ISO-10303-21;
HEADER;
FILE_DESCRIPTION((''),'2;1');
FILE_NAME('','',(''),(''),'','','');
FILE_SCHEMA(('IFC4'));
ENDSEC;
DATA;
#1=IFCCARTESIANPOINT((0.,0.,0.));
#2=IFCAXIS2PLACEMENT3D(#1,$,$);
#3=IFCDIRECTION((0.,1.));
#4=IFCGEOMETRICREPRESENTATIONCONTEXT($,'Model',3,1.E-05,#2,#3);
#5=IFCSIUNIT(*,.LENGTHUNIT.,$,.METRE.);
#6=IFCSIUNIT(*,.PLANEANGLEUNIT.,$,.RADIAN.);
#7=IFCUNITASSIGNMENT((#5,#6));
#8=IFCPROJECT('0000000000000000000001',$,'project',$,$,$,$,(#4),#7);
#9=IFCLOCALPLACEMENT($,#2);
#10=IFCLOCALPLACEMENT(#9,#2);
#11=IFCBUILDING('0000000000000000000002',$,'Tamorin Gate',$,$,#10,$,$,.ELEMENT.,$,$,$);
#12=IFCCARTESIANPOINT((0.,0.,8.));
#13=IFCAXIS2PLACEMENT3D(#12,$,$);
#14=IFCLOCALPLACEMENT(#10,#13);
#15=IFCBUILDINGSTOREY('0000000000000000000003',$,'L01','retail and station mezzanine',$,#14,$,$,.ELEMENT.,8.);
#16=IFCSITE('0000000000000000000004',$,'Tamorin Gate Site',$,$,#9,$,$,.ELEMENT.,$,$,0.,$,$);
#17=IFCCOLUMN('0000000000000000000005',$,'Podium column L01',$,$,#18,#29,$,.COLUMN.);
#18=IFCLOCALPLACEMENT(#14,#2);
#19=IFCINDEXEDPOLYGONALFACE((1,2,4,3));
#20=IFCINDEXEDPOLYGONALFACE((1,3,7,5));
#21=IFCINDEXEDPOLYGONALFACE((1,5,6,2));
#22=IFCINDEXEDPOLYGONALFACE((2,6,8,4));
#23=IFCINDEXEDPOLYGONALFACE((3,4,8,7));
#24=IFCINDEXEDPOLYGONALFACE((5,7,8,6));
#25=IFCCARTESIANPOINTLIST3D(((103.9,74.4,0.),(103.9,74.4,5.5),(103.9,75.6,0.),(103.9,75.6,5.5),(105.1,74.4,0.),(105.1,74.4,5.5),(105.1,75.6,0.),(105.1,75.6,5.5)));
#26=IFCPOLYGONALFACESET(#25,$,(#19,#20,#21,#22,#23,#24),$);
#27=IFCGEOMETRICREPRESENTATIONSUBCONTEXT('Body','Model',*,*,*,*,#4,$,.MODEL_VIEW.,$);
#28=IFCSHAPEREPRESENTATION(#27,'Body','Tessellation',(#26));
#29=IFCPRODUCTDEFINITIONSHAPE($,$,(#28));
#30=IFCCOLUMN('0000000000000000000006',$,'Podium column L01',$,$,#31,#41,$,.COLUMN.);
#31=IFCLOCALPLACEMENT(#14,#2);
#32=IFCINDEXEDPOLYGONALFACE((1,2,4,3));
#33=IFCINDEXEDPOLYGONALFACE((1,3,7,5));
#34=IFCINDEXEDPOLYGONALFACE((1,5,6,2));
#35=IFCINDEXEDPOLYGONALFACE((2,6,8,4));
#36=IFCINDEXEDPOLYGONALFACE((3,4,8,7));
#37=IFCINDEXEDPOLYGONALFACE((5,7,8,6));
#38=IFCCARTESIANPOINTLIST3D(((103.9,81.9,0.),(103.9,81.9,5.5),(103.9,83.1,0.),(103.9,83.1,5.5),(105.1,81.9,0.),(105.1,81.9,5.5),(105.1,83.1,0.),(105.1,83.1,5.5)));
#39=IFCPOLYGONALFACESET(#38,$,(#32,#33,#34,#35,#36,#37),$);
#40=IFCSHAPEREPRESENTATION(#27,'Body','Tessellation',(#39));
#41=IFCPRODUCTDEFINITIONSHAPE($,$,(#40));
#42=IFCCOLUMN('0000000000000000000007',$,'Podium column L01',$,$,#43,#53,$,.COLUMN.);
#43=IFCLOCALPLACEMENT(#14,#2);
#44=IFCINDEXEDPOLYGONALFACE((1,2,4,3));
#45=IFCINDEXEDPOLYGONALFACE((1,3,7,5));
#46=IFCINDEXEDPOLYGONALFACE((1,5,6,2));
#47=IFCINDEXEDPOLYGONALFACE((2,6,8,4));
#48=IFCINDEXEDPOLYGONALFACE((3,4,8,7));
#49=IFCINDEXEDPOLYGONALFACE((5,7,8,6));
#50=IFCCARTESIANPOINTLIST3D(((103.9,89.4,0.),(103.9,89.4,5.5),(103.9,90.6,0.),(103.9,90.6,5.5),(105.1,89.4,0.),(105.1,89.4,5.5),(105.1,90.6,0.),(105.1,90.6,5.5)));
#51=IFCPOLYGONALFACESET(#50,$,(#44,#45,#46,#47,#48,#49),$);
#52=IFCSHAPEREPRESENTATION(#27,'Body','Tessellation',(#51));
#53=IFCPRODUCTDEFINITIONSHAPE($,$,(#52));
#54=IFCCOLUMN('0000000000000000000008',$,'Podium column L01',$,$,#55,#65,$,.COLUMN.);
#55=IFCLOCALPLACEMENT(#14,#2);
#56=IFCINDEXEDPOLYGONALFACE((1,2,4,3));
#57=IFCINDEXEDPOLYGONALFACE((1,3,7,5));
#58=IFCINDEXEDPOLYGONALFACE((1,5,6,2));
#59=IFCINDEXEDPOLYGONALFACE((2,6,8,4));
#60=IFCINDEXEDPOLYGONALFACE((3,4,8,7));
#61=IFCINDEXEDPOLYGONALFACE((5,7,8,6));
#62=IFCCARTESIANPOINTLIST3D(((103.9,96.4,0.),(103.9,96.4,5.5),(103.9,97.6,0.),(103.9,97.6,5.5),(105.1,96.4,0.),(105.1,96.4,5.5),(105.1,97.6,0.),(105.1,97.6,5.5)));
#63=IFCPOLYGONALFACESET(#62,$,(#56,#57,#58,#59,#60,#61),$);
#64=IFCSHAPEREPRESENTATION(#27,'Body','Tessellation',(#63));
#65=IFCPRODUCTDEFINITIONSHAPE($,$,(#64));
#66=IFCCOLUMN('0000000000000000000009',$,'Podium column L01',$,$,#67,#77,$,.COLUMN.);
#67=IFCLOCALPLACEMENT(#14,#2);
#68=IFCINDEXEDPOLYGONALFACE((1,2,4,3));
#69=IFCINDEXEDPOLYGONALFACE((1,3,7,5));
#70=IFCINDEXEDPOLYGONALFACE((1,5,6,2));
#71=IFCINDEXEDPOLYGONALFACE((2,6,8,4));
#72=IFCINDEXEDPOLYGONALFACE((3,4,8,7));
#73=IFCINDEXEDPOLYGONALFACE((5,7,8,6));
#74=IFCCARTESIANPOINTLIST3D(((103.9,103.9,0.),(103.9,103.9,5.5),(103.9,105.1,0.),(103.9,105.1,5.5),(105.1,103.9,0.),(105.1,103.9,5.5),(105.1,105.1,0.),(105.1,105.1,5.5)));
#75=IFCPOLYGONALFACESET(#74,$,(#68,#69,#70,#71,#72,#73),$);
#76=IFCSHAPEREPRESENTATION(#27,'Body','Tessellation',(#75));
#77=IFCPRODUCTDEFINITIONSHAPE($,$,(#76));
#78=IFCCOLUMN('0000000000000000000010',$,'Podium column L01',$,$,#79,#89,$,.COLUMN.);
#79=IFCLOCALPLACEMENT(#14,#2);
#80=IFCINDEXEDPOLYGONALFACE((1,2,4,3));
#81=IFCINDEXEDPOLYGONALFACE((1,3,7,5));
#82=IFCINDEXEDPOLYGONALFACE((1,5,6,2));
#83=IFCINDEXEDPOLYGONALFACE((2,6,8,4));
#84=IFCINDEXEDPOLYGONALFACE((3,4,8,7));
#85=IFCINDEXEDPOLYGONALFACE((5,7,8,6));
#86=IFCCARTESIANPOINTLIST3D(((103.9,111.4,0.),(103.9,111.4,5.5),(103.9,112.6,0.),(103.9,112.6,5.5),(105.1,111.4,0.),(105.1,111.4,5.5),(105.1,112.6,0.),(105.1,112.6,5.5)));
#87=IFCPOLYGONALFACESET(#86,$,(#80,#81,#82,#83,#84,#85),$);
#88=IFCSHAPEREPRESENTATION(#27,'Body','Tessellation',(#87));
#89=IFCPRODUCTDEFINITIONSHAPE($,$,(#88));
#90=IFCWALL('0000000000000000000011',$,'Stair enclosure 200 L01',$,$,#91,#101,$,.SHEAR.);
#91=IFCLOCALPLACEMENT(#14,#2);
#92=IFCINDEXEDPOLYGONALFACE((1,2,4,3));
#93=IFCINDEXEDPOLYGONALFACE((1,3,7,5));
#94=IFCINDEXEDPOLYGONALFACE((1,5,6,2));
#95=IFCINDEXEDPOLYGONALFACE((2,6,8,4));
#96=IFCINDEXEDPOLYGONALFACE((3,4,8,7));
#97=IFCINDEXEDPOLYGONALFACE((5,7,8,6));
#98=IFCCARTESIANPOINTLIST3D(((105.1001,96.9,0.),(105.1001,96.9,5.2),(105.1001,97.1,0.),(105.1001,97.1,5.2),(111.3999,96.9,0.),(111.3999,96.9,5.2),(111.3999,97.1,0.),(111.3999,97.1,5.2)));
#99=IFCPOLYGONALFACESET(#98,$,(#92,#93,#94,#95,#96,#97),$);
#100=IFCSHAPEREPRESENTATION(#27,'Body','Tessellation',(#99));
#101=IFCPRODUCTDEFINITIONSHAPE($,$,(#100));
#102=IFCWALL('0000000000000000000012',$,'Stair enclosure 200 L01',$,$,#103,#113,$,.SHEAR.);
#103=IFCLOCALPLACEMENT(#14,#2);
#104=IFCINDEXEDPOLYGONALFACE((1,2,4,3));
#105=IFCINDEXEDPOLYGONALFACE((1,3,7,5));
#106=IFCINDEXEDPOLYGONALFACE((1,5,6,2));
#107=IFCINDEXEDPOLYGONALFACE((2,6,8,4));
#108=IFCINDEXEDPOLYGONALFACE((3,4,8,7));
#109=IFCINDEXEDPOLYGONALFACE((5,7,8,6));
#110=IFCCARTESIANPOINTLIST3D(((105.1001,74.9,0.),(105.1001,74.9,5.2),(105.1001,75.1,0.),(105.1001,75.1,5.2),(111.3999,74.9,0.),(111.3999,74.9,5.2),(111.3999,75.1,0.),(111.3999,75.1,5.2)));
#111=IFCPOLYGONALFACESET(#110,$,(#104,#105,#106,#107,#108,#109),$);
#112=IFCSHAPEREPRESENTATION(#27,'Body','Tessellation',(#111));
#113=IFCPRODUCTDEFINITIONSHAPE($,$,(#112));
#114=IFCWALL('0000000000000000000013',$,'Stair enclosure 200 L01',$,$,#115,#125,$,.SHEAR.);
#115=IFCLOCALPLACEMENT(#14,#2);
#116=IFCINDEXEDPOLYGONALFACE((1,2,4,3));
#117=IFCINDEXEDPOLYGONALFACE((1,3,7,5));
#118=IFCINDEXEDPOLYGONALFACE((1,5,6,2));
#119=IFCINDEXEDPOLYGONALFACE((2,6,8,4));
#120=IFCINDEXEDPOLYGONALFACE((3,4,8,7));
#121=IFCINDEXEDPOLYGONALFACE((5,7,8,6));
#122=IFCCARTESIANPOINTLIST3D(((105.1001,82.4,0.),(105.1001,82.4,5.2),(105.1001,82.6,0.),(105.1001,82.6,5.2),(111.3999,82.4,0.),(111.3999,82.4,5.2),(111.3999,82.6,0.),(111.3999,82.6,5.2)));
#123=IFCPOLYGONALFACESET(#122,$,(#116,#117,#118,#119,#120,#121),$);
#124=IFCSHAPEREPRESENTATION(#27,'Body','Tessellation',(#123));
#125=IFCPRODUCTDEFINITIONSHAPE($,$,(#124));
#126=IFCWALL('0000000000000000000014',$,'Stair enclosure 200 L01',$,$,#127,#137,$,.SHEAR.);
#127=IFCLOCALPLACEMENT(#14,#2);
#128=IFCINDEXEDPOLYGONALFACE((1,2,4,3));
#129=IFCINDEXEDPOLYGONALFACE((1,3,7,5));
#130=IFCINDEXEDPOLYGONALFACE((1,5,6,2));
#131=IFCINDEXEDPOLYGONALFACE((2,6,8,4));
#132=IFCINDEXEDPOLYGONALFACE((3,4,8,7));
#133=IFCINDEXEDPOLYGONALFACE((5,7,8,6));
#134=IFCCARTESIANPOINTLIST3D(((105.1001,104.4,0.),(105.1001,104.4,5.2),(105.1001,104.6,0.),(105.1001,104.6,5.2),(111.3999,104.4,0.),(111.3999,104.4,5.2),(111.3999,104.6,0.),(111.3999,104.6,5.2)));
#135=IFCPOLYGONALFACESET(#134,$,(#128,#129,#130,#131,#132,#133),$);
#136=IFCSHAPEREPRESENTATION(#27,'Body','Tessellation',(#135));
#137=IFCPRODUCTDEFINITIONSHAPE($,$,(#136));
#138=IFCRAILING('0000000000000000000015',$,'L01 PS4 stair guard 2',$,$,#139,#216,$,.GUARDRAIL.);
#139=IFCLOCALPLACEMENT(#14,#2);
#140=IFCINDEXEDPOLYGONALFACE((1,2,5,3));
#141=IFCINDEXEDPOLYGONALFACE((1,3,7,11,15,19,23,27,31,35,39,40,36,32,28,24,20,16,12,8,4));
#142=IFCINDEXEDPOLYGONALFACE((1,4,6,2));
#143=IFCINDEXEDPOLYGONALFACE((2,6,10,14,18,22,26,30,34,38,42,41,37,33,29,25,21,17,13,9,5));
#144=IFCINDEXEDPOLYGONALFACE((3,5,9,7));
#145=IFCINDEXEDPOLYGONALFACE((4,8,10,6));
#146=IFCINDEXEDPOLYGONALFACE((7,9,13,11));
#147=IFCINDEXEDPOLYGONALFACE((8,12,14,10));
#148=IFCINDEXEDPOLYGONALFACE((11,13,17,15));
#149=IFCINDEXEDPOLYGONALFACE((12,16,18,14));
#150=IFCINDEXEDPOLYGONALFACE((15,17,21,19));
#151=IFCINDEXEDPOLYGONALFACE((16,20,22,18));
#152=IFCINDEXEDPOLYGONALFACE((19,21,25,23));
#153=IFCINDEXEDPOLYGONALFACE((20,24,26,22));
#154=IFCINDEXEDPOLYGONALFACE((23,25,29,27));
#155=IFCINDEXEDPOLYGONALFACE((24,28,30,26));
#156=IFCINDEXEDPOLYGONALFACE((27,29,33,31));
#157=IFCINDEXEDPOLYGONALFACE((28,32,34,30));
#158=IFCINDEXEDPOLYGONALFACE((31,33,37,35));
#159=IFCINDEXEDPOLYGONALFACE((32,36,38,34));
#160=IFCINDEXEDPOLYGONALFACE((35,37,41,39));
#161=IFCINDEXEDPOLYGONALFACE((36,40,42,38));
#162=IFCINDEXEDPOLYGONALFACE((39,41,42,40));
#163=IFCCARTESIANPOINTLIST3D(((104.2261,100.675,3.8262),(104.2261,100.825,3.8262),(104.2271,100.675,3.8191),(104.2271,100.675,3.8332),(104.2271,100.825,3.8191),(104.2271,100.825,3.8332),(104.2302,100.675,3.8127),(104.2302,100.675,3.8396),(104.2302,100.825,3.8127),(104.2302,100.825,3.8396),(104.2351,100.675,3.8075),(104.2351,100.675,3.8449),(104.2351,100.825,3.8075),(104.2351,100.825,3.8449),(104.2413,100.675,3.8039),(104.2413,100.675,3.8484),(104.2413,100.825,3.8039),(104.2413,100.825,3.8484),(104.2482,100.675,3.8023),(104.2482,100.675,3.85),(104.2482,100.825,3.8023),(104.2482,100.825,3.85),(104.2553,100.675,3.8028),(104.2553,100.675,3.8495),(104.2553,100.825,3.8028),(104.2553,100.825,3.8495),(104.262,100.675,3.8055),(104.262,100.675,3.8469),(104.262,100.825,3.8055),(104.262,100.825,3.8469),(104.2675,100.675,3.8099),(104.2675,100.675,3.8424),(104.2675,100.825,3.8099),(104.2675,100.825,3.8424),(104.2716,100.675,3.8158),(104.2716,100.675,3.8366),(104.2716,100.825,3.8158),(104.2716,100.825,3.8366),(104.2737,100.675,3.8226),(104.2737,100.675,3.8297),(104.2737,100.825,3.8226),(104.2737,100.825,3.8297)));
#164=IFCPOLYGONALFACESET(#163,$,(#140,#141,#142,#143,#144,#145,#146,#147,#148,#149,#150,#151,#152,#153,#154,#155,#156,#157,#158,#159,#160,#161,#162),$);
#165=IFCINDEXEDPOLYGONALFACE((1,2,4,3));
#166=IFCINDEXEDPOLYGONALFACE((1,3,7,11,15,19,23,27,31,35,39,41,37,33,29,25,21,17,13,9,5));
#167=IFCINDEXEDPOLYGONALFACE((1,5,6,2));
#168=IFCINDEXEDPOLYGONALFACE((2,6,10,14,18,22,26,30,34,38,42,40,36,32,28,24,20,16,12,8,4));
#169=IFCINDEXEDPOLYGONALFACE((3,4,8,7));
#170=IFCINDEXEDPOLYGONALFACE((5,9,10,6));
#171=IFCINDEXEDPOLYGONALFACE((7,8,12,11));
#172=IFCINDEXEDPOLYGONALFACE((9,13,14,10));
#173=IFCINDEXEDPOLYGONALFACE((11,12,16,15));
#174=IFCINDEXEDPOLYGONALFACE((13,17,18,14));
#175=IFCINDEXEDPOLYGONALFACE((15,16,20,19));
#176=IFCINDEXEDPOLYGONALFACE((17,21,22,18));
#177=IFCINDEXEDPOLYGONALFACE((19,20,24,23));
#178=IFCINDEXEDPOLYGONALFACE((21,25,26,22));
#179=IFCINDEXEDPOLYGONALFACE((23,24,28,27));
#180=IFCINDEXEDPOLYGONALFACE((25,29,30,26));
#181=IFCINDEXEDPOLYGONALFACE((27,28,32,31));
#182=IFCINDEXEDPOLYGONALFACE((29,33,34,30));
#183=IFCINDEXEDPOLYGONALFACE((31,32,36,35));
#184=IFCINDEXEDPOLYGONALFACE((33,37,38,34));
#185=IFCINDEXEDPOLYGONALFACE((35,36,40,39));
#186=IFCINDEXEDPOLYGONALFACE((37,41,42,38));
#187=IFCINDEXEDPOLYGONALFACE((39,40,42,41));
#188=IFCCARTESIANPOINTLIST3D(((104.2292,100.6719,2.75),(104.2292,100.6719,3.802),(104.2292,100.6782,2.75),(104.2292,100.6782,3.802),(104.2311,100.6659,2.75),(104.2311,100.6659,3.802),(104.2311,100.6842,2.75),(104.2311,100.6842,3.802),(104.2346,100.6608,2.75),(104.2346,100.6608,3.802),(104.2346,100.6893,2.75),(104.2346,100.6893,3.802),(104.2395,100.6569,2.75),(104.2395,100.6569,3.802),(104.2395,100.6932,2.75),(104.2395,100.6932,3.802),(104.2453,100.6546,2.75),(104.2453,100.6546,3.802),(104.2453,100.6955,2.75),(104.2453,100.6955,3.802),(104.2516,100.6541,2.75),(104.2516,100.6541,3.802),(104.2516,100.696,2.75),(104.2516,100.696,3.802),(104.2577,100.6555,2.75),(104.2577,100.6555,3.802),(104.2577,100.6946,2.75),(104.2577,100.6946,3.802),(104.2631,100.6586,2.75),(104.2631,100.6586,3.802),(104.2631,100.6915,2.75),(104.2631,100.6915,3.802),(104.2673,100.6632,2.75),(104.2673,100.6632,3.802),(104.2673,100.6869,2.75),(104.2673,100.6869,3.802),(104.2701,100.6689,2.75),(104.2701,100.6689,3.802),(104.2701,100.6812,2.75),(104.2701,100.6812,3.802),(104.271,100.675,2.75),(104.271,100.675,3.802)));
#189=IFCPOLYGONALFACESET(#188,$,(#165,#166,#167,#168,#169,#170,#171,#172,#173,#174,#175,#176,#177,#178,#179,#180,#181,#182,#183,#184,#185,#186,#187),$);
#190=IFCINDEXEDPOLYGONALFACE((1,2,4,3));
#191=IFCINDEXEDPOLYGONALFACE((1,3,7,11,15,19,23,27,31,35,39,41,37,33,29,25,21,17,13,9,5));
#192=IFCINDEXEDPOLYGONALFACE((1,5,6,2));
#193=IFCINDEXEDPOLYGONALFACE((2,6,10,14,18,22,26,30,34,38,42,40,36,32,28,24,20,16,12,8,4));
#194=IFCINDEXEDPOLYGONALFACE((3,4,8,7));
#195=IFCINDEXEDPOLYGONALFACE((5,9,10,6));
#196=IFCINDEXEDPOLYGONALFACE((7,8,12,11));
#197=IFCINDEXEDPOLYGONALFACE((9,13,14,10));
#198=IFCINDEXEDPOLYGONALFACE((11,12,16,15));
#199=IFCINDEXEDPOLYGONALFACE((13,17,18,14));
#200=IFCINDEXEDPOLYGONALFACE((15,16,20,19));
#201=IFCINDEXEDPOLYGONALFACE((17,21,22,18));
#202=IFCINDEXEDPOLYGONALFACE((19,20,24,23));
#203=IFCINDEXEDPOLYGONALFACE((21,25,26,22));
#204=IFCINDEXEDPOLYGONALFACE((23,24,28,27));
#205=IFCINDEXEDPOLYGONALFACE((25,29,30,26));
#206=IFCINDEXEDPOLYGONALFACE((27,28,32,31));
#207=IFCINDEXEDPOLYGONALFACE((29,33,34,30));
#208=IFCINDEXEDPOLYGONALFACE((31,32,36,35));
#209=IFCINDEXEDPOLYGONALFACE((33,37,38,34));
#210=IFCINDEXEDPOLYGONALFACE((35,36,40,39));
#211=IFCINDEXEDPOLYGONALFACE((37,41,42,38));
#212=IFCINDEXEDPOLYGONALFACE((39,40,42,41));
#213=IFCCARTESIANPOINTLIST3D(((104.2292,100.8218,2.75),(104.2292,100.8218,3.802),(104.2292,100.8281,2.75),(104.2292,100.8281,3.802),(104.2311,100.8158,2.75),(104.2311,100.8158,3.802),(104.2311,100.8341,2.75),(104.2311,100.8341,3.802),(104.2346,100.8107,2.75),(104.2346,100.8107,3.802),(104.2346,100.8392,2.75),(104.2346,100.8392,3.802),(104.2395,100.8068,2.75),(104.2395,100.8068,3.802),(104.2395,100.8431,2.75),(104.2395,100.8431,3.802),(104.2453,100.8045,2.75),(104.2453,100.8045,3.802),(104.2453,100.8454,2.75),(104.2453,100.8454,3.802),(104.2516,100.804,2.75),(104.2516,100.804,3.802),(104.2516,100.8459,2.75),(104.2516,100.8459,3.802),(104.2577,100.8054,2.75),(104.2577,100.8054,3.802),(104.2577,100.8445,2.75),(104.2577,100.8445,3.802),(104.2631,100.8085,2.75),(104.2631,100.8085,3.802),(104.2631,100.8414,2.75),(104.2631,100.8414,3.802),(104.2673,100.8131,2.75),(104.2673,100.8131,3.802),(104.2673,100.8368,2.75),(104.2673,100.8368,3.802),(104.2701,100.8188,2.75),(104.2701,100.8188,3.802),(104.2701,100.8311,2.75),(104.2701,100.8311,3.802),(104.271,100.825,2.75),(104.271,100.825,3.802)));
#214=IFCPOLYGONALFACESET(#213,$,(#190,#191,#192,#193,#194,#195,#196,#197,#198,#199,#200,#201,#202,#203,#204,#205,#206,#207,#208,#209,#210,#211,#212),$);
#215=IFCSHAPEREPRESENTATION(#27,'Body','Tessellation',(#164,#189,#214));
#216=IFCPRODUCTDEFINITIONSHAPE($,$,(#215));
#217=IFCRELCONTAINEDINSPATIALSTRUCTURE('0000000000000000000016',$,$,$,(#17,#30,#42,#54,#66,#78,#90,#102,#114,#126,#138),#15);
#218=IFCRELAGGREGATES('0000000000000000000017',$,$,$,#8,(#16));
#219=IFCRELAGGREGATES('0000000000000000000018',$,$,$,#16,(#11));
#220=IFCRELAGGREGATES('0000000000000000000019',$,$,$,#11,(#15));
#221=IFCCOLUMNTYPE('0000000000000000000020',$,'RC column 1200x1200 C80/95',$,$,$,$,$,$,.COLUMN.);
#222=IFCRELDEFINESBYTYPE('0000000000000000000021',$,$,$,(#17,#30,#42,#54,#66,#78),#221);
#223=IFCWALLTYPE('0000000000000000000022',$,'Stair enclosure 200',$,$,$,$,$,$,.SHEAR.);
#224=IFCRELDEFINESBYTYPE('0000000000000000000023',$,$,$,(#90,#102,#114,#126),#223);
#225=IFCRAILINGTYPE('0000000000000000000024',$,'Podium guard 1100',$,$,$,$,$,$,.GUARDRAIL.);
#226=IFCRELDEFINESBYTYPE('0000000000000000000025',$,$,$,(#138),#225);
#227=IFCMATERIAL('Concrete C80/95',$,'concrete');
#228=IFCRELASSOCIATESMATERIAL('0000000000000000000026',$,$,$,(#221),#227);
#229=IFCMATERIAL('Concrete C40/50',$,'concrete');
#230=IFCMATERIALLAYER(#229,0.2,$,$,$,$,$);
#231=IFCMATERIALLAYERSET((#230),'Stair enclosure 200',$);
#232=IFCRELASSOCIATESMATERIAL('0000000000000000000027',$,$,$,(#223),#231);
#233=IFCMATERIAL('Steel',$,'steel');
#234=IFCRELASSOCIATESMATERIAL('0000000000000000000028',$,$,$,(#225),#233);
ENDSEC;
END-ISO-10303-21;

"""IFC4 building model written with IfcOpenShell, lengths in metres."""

from ifc_helpers import new_model, si_unit, direction, frame, frame_2d, origin, origin_2d, place, context, subcontext, project, spatial, rectangle, circle, extrude, material, layer, layer_set, material_profile, profile_set, type_object, element, save


model = new_model("IFC4")

# Units and contexts
model_context = context("Model", 3, precision=1e-05, world=origin(), true_north=direction((0.0, 1.0)))
body_context = subcontext(model_context, "Body", "Model", "MODEL_VIEW")
ifc_project = project(units=[si_unit("LENGTHUNIT", "METRE"), si_unit("PLANEANGLEUNIT", "RADIAN")], contexts=[model_context])

# Site, building, storey
site_placement = place(None, origin())
site = spatial("IfcSite", under=ifc_project, at=site_placement, Name="Tamorin Gate Site", CompositionType="ELEMENT", RefElevation=0.0)
building_placement = place(site_placement, origin())
building = spatial("IfcBuilding", under=site, at=building_placement, Name="Tamorin Gate", CompositionType="ELEMENT")
storey_placement = place(building_placement, frame((0.0, 0.0, 8.0)))
storey = spatial("IfcBuildingStorey", under=building, at=storey_placement, Name="L01", Description="retail and station mezzanine", CompositionType="ELEMENT", Elevation=8.0)

# Columns
ifc_material_1 = material(Name="Concrete C80/95", Category="concrete")
ifc_material_profile = material_profile(ifc_material_1, rectangle(XDim=1.2, YDim=1.2, at=origin_2d()), Name="RC 1200x1200")
ifc_profile_set = profile_set([ifc_material_profile], Name="Concrete C80/95")
column_type = type_object("IfcColumnType", Name="RC column 1200x1200 C80/95", PredefinedType="COLUMN", material=ifc_profile_set)
for number, where, z_axis, x_axis, name in (
    (1, (104.5, 75.0, 0.0), (0.0, 0.0, 1.0), (1.0, 0.0, 0.0), "Podium column L01"),
    (2, (104.5, 82.5, 0.0), (0.0, 0.0, 1.0), (1.0, 0.0, 0.0), "Podium column L01"),
    (3, (104.5, 90.0, 0.0), (0.0, 0.0, 1.0), (1.0, 0.0, 0.0), "Podium column L01"),
    (4, (104.5, 97.0, 0.0), (0.0, 0.0, 1.0), (1.0, 0.0, 0.0), "Podium column L01"),
    (5, (104.5, 104.5, 0.0), (0.0, 0.0, 1.0), (1.0, 0.0, 0.0), "Podium column L01"),
    (6, (104.5, 112.0, 0.0), (0.0, 0.0, 1.0), (1.0, 0.0, 0.0), "Podium column L01"),
):
    element("IfcColumn", number, at=place(storey_placement, frame(where, z_axis=z_axis, x_axis=x_axis)), inside=storey, type_object=column_type, Name=name, PredefinedType="COLUMN", context=body_context, shape_type="SweptSolid", body=[
        extrude(rectangle(XDim=1.2, YDim=1.2, at=origin_2d()), origin(), (0.0, 0.0, 1.0), 5.5),
    ])

# Walls
ifc_material_2 = material(Name="Concrete C40/50", Category="concrete")
ifc_layer = layer(ifc_material_2, 0.2)
ifc_layer_set = layer_set([ifc_layer], Name="Stair enclosure 200")
wall_type = type_object("IfcWallType", Name="Stair enclosure 200", PredefinedType="SHEAR", material=ifc_layer_set)
for number, where, z_axis, x_axis, name in (
    (7, (105.1001, 97.0, 0.0), (0.0, 0.0, 1.0), (1.0, 0.0, 0.0), "Stair enclosure 200 L01"),
    (8, (105.1001, 75.0, 0.0), (0.0, 0.0, 1.0), (1.0, 0.0, 0.0), "Stair enclosure 200 L01"),
    (9, (105.1001, 82.5, 0.0), (0.0, 0.0, 1.0), (1.0, 0.0, 0.0), "Stair enclosure 200 L01"),
    (10, (105.1001, 104.5, 0.0), (0.0, 0.0, 1.0), (1.0, 0.0, 0.0), "Stair enclosure 200 L01"),
):
    element("IfcWall", number, at=place(storey_placement, frame(where, z_axis=z_axis, x_axis=x_axis)), inside=storey, type_object=wall_type, Name=name, PredefinedType="SHEAR", context=body_context, shape_type="SweptSolid", body=[
        extrude(rectangle(XDim=6.2998, YDim=0.2, at=frame_2d((3.1499, 0.0))), origin(), (0.0, 0.0, 1.0), 5.2),
    ])

# Railing
ifc_material_3 = material(Name="Steel", Category="steel")
railing_type_1 = type_object("IfcRailingType", Name="Podium guard 1100", PredefinedType="GUARDRAIL", material=ifc_material_3)
railing_1_placement = place(storey_placement, frame((104.25, 100.675, 2.75)))
element("IfcRailing", 11, at=railing_1_placement, inside=storey, type_object=railing_type_1, Name="L01 PS4 stair guard 2", PredefinedType="GUARDRAIL", context=body_context, shape_type="SweptSolid", body=[
    extrude(circle(Radius=0.0239, at=origin_2d()), frame((0.0, 0.0, 1.0762), z_axis=(0.0, 1.0, 0.0), x_axis=(-1.0, 0.0, 0.0)), (0.0, 0.0, 1.0), 0.1499),
    extrude(circle(Radius=0.021, at=origin_2d()), origin(), (0.0, 0.0, 1.0), 1.052),
    extrude(circle(Radius=0.021, at=origin_2d()), frame((0.0, 0.1499, 0.0)), (0.0, 0.0, 1.0), 1.052),
])

save(model, "model.ifc")
